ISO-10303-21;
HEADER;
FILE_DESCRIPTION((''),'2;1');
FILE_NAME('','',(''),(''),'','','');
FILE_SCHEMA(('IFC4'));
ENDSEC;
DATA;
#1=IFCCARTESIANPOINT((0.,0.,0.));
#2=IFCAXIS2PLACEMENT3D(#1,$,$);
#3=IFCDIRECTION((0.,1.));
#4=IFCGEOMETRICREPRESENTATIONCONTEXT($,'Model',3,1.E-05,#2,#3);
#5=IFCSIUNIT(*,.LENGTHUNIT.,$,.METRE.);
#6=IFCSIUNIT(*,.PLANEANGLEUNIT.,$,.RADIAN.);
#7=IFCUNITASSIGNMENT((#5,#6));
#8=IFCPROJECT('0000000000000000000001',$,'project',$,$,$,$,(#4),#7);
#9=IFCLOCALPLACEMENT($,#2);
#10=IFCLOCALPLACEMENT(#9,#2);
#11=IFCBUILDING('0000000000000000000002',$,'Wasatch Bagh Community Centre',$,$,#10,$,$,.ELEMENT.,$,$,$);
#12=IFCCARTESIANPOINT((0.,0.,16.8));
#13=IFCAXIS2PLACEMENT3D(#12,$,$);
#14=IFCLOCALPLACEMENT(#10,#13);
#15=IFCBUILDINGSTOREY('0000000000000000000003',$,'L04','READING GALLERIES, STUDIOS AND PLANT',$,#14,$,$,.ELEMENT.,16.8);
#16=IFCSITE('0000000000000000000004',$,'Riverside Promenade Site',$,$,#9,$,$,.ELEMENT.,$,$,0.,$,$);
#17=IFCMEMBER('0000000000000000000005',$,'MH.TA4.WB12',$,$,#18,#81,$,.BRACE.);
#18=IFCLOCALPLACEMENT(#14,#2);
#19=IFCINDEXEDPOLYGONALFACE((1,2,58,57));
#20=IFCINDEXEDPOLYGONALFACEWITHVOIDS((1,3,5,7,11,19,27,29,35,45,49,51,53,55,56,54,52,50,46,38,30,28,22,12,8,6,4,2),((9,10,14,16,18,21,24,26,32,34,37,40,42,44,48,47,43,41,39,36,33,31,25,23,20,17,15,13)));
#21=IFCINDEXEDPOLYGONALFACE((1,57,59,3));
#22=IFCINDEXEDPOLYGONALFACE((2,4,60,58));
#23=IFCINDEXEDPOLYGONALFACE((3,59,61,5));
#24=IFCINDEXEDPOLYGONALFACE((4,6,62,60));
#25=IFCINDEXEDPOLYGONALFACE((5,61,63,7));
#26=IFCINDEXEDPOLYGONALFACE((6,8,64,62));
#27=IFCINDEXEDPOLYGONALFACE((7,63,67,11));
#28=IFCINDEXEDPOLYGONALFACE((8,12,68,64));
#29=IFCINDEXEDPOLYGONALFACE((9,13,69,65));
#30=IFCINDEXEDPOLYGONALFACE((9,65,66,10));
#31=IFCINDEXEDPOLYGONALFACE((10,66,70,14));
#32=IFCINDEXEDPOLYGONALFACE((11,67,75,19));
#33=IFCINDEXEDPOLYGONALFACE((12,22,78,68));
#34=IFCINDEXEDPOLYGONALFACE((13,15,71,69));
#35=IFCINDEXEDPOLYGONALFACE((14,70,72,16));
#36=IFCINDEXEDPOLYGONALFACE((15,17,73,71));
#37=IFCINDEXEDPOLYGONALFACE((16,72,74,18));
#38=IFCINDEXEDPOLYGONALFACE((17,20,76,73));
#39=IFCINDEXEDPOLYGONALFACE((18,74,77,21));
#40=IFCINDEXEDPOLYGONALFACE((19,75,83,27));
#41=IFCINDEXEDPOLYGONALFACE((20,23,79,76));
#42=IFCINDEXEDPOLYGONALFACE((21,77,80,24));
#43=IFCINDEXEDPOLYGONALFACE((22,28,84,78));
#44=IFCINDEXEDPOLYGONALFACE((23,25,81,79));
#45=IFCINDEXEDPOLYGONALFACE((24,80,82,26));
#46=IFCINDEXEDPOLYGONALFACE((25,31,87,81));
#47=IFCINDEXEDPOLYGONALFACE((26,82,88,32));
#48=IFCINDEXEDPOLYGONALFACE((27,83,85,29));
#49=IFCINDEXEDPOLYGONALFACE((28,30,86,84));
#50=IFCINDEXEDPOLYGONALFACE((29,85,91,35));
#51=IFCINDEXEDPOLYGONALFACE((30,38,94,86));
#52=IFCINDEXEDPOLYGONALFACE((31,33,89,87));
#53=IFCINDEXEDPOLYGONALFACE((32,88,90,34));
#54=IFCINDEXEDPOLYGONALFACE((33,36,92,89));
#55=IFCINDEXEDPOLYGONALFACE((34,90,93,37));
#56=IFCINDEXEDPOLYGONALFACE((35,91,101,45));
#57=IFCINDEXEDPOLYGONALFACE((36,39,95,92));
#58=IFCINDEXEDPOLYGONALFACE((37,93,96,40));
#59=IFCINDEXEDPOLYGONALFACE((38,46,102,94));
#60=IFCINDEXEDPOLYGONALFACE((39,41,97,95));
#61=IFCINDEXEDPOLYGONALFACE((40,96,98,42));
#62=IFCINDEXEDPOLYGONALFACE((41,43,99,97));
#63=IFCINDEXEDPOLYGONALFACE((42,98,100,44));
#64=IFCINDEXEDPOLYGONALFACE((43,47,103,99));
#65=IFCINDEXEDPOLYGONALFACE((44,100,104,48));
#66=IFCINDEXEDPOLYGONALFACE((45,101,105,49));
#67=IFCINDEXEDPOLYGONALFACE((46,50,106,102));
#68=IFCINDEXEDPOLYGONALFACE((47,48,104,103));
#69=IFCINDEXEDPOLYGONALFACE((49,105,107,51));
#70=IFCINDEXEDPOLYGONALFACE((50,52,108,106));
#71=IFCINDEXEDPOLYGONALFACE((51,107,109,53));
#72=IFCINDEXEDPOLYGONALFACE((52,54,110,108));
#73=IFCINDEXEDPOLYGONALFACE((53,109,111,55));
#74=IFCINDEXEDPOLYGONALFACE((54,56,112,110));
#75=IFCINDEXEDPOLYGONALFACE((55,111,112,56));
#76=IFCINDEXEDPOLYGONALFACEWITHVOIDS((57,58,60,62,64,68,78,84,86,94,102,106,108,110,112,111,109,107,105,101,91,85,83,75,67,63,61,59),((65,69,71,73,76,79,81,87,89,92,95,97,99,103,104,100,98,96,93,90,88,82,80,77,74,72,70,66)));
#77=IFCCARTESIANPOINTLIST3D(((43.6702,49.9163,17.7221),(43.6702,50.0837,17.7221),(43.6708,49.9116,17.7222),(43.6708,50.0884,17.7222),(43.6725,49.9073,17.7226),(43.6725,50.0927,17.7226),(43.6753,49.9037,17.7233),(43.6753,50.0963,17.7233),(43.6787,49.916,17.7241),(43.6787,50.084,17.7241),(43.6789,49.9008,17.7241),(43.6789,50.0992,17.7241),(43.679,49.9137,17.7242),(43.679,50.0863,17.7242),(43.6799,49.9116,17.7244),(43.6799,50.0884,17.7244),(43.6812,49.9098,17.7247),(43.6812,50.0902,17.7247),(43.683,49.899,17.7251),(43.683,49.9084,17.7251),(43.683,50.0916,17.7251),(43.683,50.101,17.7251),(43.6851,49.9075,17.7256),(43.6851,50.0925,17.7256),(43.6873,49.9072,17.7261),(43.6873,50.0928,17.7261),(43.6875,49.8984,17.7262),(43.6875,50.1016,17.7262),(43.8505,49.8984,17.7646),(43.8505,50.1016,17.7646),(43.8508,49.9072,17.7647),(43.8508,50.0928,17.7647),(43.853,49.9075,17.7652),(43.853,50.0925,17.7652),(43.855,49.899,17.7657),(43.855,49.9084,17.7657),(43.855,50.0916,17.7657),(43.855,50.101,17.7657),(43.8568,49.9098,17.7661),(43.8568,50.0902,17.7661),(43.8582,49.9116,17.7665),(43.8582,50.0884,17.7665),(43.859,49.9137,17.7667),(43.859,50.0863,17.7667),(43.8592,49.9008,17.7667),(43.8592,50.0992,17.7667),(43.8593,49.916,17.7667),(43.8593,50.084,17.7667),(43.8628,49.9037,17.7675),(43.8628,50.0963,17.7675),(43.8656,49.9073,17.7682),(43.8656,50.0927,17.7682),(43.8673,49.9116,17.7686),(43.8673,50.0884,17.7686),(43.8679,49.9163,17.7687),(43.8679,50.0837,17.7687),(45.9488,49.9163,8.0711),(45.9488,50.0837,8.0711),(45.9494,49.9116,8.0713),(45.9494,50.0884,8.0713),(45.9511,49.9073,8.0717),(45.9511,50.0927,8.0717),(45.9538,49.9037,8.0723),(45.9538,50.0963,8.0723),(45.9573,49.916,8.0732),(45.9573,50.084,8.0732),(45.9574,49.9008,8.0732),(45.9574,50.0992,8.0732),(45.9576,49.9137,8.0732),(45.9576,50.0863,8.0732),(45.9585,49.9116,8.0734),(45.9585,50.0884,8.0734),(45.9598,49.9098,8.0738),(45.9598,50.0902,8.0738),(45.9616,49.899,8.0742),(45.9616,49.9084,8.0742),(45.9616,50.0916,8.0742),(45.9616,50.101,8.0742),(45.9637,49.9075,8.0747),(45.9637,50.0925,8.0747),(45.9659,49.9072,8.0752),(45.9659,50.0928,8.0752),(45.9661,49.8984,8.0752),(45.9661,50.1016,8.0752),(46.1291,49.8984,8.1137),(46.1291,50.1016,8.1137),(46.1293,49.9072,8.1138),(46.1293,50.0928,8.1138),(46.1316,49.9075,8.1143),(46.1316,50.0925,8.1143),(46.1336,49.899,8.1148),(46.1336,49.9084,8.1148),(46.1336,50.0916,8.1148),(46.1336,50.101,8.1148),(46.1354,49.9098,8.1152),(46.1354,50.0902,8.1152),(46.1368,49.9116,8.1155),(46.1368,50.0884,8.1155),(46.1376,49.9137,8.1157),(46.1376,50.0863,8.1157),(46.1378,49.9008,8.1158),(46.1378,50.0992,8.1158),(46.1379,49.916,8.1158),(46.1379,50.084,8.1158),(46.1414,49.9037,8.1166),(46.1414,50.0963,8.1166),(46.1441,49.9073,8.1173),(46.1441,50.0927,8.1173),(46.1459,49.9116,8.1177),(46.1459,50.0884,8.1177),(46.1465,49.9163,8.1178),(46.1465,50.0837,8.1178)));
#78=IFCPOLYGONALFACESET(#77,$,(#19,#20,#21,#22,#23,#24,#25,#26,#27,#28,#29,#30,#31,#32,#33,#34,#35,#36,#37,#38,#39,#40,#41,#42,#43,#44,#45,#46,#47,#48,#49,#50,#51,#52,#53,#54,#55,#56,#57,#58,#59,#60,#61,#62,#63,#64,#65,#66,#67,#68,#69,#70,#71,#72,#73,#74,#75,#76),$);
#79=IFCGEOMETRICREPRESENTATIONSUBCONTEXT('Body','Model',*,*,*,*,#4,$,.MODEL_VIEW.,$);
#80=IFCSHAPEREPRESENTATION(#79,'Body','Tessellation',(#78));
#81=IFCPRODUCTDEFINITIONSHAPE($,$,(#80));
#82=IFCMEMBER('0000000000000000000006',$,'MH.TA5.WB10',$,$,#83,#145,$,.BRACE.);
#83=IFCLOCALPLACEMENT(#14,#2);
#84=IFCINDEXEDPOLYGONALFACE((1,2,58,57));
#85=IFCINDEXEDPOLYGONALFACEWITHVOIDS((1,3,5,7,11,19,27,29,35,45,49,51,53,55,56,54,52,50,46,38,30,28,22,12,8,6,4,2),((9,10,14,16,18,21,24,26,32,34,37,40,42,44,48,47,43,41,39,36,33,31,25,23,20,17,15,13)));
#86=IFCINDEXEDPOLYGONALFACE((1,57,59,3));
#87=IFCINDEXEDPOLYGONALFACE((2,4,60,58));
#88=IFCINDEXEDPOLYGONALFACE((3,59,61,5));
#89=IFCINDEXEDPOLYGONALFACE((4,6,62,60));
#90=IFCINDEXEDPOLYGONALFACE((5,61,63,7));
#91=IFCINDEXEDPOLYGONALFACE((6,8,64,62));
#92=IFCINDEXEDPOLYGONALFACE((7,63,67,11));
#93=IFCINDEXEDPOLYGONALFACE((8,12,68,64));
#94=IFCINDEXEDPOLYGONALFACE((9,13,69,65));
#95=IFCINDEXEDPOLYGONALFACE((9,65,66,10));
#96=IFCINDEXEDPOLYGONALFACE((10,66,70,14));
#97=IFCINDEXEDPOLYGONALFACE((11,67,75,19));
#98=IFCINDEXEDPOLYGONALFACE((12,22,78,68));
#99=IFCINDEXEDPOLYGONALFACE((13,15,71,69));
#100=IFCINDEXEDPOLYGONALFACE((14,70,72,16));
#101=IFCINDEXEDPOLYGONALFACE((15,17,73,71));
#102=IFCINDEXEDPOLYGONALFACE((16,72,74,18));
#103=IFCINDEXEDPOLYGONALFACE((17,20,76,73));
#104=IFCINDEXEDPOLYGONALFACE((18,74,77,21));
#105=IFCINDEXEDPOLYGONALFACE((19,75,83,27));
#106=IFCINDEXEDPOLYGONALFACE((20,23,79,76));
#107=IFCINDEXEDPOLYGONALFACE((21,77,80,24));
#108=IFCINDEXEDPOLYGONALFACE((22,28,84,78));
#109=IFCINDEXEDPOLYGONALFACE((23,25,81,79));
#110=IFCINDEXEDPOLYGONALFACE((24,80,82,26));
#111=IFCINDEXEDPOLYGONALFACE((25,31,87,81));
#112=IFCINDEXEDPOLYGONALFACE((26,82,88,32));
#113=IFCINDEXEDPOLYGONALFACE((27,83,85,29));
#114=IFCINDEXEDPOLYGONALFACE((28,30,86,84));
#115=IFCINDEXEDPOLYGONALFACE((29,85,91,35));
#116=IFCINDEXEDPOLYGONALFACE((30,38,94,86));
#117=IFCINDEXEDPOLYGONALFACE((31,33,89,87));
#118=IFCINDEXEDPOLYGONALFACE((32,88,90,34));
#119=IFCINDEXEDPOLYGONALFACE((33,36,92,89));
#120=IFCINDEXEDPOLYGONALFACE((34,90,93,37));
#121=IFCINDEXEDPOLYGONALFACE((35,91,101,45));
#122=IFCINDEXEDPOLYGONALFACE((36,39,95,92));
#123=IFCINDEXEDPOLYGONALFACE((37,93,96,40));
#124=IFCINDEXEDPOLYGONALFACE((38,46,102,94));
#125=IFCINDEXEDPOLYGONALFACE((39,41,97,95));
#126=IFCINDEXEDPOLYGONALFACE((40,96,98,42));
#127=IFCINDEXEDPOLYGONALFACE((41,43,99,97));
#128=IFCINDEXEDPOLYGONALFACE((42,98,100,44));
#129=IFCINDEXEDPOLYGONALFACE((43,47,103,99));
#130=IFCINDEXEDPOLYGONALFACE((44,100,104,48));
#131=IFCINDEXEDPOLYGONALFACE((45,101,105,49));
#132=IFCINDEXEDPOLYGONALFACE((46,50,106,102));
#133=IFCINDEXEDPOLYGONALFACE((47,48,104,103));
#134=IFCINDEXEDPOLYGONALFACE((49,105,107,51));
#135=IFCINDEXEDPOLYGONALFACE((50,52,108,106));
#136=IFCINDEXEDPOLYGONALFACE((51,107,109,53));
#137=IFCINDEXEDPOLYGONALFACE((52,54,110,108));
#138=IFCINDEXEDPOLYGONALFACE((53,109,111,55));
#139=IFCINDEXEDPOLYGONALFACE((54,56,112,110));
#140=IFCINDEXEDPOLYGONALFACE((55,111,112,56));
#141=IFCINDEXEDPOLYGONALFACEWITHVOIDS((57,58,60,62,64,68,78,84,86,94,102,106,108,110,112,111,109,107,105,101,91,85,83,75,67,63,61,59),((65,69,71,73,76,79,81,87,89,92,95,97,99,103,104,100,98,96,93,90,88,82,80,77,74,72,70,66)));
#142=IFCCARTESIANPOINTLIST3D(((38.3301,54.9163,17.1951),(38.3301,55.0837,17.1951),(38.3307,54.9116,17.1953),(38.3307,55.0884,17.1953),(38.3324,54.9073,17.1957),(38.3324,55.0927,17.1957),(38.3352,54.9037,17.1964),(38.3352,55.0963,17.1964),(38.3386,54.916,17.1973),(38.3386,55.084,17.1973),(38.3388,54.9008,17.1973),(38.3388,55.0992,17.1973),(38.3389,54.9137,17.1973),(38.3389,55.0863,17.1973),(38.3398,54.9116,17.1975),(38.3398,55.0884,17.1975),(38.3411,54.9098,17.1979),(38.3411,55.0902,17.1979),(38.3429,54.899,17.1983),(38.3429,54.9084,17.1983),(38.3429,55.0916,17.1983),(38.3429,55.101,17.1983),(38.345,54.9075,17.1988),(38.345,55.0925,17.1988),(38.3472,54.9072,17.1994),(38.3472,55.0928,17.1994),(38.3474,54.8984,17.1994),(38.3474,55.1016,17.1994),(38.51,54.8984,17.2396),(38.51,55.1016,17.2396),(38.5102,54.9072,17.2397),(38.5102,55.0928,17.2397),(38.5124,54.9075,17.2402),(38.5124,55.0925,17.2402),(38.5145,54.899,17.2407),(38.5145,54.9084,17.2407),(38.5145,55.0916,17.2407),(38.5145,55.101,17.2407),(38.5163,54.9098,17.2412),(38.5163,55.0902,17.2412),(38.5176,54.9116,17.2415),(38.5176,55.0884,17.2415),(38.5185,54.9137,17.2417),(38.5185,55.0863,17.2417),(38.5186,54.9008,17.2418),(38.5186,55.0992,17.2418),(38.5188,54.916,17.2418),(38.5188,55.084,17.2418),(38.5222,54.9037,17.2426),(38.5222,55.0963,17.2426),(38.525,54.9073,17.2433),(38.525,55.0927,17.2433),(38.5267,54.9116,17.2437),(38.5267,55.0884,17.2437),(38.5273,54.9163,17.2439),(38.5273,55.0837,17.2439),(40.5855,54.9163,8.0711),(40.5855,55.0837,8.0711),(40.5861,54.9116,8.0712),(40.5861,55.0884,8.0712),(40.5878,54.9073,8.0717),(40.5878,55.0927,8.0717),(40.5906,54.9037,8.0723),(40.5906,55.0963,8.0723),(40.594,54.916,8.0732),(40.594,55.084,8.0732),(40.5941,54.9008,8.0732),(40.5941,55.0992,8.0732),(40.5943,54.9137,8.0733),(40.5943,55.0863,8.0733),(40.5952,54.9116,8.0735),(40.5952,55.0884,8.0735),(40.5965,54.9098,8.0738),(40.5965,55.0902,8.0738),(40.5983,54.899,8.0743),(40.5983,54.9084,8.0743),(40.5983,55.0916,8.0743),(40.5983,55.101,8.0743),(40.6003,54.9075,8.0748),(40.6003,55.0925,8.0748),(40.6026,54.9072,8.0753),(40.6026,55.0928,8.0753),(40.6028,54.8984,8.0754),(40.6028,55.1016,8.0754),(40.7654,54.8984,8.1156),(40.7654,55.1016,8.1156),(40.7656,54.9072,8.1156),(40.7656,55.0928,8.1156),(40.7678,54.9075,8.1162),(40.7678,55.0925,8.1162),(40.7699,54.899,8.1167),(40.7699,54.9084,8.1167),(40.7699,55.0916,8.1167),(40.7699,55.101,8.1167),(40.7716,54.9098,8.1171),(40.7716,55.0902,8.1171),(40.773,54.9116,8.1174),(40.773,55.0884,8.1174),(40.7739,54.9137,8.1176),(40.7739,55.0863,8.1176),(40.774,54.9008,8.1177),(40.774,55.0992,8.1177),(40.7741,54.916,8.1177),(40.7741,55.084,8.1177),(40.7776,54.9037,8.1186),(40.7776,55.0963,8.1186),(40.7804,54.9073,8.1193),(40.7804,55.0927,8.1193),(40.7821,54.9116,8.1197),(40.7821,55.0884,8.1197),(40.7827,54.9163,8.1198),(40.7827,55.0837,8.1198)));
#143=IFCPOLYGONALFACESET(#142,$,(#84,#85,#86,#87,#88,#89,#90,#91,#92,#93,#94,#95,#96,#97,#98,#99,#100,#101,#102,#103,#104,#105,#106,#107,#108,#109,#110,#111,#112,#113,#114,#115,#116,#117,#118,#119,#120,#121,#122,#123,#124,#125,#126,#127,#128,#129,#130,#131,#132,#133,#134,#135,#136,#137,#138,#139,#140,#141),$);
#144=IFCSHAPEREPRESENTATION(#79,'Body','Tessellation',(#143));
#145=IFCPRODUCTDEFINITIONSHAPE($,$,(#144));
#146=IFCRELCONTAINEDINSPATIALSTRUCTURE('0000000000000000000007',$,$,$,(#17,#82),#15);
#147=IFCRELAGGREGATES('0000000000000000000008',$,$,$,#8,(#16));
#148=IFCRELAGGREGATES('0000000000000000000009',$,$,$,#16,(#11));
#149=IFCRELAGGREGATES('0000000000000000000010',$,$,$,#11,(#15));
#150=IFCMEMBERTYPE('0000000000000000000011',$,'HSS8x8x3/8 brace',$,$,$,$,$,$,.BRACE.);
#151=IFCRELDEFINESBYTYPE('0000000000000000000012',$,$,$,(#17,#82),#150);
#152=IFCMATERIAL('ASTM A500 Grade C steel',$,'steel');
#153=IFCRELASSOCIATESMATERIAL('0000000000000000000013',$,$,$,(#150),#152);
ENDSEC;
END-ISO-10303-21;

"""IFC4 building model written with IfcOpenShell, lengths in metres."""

from ifc_helpers import new_model, si_unit, direction, frame, origin, origin_2d, place, context, subcontext, project, spatial, hollow_rectangle, extrude, material, material_profile, profile_set, type_object, element, save


model = new_model("IFC4")

# Units and contexts
model_context = context("Model", 3, precision=1e-05, world=origin(), true_north=direction((0.0, 1.0)))
body_context = subcontext(model_context, "Body", "Model", "MODEL_VIEW")
ifc_project = project(units=[si_unit("LENGTHUNIT", "METRE"), si_unit("PLANEANGLEUNIT", "RADIAN")], contexts=[model_context])

# Site, building, storey
site_placement = place(None, origin())
site = spatial("IfcSite", under=ifc_project, at=site_placement, Name="Riverside Promenade Site", CompositionType="ELEMENT", RefElevation=0.0)
building_placement = place(site_placement, origin())
building = spatial("IfcBuilding", under=site, at=building_placement, Name="Wasatch Bagh Community Centre", CompositionType="ELEMENT")
storey_placement = place(building_placement, frame((0.0, 0.0, 16.8)))
storey = spatial("IfcBuildingStorey", under=building, at=storey_placement, Name="L04", Description="READING GALLERIES, STUDIOS AND PLANT", CompositionType="ELEMENT", Elevation=16.8)

# Members
ifc_material_1 = material(Name="ASTM A500 Grade C steel", Category="steel")
ifc_material_profile_1 = material_profile(ifc_material_1, hollow_rectangle(XDim=0.2031, YDim=0.2031, WallThickness=0.0088, InnerFilletRadius=0.0088, OuterFilletRadius=0.0178, at=origin_2d()), Name="HSS8x8x3/8")
ifc_profile_set_1 = profile_set([ifc_material_profile_1], Name="ASTM A500 Grade C steel")
member_type_1 = type_object("IfcMemberType", Name="HSS8x8x3/8 brace", PredefinedType="BRACE", material=ifc_profile_set_1)
member_1_placement = place(storey_placement, frame((46.0476, 50.0, 8.0945), z_axis=(-0.229782, 0.0, 0.973242), x_axis=(0.0, -1.0, 0.0)))
element("IfcMember", 1, at=member_1_placement, inside=storey, type_object=member_type_1, Name="MH.TA4.WB12", PredefinedType="BRACE", context=body_context, shape_type="SweptSolid", body=[
    extrude(hollow_rectangle(XDim=0.2031, YDim=0.2031, WallThickness=0.0088, InnerFilletRadius=0.0088, OuterFilletRadius=0.0178, at=origin_2d()), origin(), (0.0, 0.0, 1.0), 9.9163),
])
member_2_placement = place(storey_placement, frame((40.6841, 55.0, 8.0955), z_axis=(-0.239968, 0.0, 0.970781), x_axis=(0.0, -1.0, 0.0)))
element("IfcMember", 2, at=member_2_placement, inside=storey, type_object=member_type_1, Name="MH.TA5.WB10", PredefinedType="BRACE", context=body_context, shape_type="SweptSolid", body=[
    extrude(hollow_rectangle(XDim=0.2031, YDim=0.2031, WallThickness=0.0088, InnerFilletRadius=0.0088, OuterFilletRadius=0.0178, at=origin_2d()), origin(), (0.0, 0.0, 1.0), 9.3987),
])

save(model, "model.ifc")
